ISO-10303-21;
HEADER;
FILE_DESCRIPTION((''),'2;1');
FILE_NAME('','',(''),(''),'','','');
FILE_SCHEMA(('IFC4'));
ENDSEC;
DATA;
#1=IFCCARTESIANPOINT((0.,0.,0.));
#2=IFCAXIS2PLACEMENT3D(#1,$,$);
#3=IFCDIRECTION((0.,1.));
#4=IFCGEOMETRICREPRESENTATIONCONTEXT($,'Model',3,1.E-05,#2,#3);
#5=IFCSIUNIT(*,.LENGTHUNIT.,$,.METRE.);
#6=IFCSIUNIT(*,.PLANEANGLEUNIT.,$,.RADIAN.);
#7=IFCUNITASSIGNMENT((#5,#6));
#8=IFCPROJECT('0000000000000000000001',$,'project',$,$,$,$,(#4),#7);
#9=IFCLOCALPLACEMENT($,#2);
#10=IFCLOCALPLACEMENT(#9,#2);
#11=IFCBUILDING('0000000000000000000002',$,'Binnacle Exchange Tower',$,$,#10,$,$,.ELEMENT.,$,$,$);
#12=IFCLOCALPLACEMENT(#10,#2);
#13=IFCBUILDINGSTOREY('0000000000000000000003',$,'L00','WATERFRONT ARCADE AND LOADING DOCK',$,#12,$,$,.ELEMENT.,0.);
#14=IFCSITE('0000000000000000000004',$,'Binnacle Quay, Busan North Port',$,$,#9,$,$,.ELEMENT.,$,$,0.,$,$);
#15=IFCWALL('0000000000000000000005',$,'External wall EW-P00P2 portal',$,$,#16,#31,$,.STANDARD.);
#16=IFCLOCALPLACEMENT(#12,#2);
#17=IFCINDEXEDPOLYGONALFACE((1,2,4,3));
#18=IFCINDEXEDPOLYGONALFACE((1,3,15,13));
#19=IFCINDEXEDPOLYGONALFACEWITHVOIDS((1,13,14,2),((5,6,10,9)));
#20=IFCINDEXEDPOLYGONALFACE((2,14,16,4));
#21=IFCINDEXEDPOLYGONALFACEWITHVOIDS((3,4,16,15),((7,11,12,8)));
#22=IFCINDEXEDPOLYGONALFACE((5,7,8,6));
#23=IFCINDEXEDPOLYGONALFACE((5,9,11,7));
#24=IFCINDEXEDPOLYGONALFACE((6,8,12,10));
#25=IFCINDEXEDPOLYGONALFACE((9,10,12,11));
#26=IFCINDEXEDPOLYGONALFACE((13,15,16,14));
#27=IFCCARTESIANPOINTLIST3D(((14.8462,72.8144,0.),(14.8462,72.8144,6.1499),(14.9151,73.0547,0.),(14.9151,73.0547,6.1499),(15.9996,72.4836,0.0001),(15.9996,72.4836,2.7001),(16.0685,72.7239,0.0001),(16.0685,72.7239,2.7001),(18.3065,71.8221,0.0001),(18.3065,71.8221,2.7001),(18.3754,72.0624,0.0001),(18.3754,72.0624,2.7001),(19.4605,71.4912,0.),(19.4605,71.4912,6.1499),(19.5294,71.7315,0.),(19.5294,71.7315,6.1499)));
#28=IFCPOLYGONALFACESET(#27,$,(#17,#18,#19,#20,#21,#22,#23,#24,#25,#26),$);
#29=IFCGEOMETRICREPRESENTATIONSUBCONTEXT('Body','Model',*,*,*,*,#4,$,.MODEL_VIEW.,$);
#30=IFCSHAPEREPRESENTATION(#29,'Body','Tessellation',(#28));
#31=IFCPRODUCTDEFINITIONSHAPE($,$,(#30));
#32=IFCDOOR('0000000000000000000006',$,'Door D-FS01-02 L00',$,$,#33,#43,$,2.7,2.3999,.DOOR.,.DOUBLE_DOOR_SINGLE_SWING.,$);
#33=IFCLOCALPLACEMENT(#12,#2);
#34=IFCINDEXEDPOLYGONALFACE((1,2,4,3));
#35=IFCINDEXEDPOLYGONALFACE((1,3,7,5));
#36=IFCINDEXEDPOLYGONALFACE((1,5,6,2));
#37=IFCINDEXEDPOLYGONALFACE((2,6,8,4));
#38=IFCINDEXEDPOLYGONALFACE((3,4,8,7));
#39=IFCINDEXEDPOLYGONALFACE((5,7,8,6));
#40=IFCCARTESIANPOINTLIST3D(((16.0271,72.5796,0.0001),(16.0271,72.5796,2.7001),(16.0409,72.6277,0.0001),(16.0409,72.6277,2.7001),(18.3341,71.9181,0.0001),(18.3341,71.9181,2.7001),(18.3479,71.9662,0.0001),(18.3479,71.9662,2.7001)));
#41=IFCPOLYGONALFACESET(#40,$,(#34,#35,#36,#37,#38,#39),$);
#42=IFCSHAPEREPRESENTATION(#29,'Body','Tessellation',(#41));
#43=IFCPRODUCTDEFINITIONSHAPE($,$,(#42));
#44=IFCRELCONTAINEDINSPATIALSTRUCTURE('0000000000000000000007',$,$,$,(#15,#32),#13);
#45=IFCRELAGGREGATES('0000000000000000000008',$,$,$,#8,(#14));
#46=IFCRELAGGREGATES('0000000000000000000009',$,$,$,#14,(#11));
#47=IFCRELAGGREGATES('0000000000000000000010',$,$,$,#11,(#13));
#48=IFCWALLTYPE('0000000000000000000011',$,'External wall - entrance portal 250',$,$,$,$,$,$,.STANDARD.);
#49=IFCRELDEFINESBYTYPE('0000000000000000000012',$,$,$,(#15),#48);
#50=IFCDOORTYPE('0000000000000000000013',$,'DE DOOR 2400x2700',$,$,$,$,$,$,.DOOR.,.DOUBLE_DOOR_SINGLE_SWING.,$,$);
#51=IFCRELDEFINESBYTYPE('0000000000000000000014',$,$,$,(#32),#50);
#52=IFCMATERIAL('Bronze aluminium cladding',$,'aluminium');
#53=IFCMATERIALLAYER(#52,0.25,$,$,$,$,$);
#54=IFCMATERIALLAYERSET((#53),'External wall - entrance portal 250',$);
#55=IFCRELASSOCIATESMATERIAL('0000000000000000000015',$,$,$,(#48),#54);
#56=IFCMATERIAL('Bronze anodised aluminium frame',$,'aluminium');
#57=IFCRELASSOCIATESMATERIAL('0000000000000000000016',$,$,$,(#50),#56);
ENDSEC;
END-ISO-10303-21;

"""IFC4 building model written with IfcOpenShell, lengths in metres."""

from ifc_helpers import new_model, si_unit, direction, frame, frame_2d, origin, place, context, subcontext, project, spatial, rectangle, extrude, material, layer, layer_set, type_object, element, fill, save


model = new_model("IFC4")

# Units and contexts
model_context = context("Model", 3, precision=1e-05, world=origin(), true_north=direction((0.0, 1.0)))
body_context = subcontext(model_context, "Body", "Model", "MODEL_VIEW")
ifc_project = project(units=[si_unit("LENGTHUNIT", "METRE"), si_unit("PLANEANGLEUNIT", "RADIAN")], contexts=[model_context])

# Site, building, storey
site_placement = place(None, origin())
site = spatial("IfcSite", under=ifc_project, at=site_placement, Name="Binnacle Quay, Busan North Port", CompositionType="ELEMENT", RefElevation=0.0)
building_placement = place(site_placement, origin())
building = spatial("IfcBuilding", under=site, at=building_placement, Name="Binnacle Exchange Tower", CompositionType="ELEMENT")
storey_placement = place(building_placement, origin())
storey = spatial("IfcBuildingStorey", under=building, at=storey_placement, Name="L00", Description="WATERFRONT ARCADE AND LOADING DOCK", CompositionType="ELEMENT", Elevation=0.0)

# Shared definitions
ifc_material_1 = material(Name="Bronze anodised aluminium frame", Category="aluminium")

# Wall, opening, door
ifc_material_2 = material(Name="Bronze aluminium cladding", Category="aluminium")
ifc_layer_1 = layer(ifc_material_2, 0.25)
ifc_layer_set_1 = layer_set([ifc_layer_1], Name="External wall - entrance portal 250")
wall_type = type_object("IfcWallType", Name="External wall - entrance portal 250", PredefinedType="STANDARD", material=ifc_layer_set_1)
wall_placement = place(storey_placement, frame((14.8806, 72.9346, 0.0), z_axis=(0.0, 0.0, 1.0), x_axis=(0.961255, -0.275661, 0.0)))
wall = element("IfcWall", 1, at=wall_placement, inside=storey, type_object=wall_type, Name="External wall EW-P00P2 portal", PredefinedType="STANDARD", context=body_context, shape_type="SweptSolid", body=[
    extrude(rectangle(XDim=4.8003, YDim=0.25, at=frame_2d((2.4001, 0.0))), origin(), (0.0, 0.0, 1.0), 6.1499),
])
opening_placement = place(wall_placement, frame((1.2, 0.0, 0.0)))
opening = element("IfcOpeningElement", 2, at=opening_placement, cuts=wall, PredefinedType="OPENING", context=body_context, shape_type="SweptSolid", body=[
    extrude(rectangle(XDim=2.3999, YDim=2.7, at=frame_2d((1.2, 1.3501))), frame((0.0, 0.135, 0.0), z_axis=(0.0, -1.0, 0.0), x_axis=(1.0, 0.0, 0.0)), (0.0, 0.0, 1.0), 0.27),
])
door_type = type_object("IfcDoorType", Name="DE DOOR 2400x2700", OperationType="DOUBLE_DOOR_SINGLE_SWING", PredefinedType="DOOR", material=ifc_material_1)
door_placement = place(opening_placement, origin())
door = element("IfcDoor", 3, at=door_placement, inside=storey, type_object=door_type, Name="Door D-FS01-02 L00", OperationType="DOUBLE_DOOR_SINGLE_SWING", OverallHeight=2.7, OverallWidth=2.3999, PredefinedType="DOOR", context=body_context, shape_type="SweptSolid", body=[
    extrude(rectangle(XDim=2.3999, YDim=2.7, at=frame_2d((1.2, 1.3501))), frame((0.0, 0.0249, 0.0), z_axis=(0.0, -1.0, 0.0), x_axis=(1.0, 0.0, 0.0)), (0.0, 0.0, 1.0), 0.05),
])
fill(opening, door)

save(model, "model.ifc")
